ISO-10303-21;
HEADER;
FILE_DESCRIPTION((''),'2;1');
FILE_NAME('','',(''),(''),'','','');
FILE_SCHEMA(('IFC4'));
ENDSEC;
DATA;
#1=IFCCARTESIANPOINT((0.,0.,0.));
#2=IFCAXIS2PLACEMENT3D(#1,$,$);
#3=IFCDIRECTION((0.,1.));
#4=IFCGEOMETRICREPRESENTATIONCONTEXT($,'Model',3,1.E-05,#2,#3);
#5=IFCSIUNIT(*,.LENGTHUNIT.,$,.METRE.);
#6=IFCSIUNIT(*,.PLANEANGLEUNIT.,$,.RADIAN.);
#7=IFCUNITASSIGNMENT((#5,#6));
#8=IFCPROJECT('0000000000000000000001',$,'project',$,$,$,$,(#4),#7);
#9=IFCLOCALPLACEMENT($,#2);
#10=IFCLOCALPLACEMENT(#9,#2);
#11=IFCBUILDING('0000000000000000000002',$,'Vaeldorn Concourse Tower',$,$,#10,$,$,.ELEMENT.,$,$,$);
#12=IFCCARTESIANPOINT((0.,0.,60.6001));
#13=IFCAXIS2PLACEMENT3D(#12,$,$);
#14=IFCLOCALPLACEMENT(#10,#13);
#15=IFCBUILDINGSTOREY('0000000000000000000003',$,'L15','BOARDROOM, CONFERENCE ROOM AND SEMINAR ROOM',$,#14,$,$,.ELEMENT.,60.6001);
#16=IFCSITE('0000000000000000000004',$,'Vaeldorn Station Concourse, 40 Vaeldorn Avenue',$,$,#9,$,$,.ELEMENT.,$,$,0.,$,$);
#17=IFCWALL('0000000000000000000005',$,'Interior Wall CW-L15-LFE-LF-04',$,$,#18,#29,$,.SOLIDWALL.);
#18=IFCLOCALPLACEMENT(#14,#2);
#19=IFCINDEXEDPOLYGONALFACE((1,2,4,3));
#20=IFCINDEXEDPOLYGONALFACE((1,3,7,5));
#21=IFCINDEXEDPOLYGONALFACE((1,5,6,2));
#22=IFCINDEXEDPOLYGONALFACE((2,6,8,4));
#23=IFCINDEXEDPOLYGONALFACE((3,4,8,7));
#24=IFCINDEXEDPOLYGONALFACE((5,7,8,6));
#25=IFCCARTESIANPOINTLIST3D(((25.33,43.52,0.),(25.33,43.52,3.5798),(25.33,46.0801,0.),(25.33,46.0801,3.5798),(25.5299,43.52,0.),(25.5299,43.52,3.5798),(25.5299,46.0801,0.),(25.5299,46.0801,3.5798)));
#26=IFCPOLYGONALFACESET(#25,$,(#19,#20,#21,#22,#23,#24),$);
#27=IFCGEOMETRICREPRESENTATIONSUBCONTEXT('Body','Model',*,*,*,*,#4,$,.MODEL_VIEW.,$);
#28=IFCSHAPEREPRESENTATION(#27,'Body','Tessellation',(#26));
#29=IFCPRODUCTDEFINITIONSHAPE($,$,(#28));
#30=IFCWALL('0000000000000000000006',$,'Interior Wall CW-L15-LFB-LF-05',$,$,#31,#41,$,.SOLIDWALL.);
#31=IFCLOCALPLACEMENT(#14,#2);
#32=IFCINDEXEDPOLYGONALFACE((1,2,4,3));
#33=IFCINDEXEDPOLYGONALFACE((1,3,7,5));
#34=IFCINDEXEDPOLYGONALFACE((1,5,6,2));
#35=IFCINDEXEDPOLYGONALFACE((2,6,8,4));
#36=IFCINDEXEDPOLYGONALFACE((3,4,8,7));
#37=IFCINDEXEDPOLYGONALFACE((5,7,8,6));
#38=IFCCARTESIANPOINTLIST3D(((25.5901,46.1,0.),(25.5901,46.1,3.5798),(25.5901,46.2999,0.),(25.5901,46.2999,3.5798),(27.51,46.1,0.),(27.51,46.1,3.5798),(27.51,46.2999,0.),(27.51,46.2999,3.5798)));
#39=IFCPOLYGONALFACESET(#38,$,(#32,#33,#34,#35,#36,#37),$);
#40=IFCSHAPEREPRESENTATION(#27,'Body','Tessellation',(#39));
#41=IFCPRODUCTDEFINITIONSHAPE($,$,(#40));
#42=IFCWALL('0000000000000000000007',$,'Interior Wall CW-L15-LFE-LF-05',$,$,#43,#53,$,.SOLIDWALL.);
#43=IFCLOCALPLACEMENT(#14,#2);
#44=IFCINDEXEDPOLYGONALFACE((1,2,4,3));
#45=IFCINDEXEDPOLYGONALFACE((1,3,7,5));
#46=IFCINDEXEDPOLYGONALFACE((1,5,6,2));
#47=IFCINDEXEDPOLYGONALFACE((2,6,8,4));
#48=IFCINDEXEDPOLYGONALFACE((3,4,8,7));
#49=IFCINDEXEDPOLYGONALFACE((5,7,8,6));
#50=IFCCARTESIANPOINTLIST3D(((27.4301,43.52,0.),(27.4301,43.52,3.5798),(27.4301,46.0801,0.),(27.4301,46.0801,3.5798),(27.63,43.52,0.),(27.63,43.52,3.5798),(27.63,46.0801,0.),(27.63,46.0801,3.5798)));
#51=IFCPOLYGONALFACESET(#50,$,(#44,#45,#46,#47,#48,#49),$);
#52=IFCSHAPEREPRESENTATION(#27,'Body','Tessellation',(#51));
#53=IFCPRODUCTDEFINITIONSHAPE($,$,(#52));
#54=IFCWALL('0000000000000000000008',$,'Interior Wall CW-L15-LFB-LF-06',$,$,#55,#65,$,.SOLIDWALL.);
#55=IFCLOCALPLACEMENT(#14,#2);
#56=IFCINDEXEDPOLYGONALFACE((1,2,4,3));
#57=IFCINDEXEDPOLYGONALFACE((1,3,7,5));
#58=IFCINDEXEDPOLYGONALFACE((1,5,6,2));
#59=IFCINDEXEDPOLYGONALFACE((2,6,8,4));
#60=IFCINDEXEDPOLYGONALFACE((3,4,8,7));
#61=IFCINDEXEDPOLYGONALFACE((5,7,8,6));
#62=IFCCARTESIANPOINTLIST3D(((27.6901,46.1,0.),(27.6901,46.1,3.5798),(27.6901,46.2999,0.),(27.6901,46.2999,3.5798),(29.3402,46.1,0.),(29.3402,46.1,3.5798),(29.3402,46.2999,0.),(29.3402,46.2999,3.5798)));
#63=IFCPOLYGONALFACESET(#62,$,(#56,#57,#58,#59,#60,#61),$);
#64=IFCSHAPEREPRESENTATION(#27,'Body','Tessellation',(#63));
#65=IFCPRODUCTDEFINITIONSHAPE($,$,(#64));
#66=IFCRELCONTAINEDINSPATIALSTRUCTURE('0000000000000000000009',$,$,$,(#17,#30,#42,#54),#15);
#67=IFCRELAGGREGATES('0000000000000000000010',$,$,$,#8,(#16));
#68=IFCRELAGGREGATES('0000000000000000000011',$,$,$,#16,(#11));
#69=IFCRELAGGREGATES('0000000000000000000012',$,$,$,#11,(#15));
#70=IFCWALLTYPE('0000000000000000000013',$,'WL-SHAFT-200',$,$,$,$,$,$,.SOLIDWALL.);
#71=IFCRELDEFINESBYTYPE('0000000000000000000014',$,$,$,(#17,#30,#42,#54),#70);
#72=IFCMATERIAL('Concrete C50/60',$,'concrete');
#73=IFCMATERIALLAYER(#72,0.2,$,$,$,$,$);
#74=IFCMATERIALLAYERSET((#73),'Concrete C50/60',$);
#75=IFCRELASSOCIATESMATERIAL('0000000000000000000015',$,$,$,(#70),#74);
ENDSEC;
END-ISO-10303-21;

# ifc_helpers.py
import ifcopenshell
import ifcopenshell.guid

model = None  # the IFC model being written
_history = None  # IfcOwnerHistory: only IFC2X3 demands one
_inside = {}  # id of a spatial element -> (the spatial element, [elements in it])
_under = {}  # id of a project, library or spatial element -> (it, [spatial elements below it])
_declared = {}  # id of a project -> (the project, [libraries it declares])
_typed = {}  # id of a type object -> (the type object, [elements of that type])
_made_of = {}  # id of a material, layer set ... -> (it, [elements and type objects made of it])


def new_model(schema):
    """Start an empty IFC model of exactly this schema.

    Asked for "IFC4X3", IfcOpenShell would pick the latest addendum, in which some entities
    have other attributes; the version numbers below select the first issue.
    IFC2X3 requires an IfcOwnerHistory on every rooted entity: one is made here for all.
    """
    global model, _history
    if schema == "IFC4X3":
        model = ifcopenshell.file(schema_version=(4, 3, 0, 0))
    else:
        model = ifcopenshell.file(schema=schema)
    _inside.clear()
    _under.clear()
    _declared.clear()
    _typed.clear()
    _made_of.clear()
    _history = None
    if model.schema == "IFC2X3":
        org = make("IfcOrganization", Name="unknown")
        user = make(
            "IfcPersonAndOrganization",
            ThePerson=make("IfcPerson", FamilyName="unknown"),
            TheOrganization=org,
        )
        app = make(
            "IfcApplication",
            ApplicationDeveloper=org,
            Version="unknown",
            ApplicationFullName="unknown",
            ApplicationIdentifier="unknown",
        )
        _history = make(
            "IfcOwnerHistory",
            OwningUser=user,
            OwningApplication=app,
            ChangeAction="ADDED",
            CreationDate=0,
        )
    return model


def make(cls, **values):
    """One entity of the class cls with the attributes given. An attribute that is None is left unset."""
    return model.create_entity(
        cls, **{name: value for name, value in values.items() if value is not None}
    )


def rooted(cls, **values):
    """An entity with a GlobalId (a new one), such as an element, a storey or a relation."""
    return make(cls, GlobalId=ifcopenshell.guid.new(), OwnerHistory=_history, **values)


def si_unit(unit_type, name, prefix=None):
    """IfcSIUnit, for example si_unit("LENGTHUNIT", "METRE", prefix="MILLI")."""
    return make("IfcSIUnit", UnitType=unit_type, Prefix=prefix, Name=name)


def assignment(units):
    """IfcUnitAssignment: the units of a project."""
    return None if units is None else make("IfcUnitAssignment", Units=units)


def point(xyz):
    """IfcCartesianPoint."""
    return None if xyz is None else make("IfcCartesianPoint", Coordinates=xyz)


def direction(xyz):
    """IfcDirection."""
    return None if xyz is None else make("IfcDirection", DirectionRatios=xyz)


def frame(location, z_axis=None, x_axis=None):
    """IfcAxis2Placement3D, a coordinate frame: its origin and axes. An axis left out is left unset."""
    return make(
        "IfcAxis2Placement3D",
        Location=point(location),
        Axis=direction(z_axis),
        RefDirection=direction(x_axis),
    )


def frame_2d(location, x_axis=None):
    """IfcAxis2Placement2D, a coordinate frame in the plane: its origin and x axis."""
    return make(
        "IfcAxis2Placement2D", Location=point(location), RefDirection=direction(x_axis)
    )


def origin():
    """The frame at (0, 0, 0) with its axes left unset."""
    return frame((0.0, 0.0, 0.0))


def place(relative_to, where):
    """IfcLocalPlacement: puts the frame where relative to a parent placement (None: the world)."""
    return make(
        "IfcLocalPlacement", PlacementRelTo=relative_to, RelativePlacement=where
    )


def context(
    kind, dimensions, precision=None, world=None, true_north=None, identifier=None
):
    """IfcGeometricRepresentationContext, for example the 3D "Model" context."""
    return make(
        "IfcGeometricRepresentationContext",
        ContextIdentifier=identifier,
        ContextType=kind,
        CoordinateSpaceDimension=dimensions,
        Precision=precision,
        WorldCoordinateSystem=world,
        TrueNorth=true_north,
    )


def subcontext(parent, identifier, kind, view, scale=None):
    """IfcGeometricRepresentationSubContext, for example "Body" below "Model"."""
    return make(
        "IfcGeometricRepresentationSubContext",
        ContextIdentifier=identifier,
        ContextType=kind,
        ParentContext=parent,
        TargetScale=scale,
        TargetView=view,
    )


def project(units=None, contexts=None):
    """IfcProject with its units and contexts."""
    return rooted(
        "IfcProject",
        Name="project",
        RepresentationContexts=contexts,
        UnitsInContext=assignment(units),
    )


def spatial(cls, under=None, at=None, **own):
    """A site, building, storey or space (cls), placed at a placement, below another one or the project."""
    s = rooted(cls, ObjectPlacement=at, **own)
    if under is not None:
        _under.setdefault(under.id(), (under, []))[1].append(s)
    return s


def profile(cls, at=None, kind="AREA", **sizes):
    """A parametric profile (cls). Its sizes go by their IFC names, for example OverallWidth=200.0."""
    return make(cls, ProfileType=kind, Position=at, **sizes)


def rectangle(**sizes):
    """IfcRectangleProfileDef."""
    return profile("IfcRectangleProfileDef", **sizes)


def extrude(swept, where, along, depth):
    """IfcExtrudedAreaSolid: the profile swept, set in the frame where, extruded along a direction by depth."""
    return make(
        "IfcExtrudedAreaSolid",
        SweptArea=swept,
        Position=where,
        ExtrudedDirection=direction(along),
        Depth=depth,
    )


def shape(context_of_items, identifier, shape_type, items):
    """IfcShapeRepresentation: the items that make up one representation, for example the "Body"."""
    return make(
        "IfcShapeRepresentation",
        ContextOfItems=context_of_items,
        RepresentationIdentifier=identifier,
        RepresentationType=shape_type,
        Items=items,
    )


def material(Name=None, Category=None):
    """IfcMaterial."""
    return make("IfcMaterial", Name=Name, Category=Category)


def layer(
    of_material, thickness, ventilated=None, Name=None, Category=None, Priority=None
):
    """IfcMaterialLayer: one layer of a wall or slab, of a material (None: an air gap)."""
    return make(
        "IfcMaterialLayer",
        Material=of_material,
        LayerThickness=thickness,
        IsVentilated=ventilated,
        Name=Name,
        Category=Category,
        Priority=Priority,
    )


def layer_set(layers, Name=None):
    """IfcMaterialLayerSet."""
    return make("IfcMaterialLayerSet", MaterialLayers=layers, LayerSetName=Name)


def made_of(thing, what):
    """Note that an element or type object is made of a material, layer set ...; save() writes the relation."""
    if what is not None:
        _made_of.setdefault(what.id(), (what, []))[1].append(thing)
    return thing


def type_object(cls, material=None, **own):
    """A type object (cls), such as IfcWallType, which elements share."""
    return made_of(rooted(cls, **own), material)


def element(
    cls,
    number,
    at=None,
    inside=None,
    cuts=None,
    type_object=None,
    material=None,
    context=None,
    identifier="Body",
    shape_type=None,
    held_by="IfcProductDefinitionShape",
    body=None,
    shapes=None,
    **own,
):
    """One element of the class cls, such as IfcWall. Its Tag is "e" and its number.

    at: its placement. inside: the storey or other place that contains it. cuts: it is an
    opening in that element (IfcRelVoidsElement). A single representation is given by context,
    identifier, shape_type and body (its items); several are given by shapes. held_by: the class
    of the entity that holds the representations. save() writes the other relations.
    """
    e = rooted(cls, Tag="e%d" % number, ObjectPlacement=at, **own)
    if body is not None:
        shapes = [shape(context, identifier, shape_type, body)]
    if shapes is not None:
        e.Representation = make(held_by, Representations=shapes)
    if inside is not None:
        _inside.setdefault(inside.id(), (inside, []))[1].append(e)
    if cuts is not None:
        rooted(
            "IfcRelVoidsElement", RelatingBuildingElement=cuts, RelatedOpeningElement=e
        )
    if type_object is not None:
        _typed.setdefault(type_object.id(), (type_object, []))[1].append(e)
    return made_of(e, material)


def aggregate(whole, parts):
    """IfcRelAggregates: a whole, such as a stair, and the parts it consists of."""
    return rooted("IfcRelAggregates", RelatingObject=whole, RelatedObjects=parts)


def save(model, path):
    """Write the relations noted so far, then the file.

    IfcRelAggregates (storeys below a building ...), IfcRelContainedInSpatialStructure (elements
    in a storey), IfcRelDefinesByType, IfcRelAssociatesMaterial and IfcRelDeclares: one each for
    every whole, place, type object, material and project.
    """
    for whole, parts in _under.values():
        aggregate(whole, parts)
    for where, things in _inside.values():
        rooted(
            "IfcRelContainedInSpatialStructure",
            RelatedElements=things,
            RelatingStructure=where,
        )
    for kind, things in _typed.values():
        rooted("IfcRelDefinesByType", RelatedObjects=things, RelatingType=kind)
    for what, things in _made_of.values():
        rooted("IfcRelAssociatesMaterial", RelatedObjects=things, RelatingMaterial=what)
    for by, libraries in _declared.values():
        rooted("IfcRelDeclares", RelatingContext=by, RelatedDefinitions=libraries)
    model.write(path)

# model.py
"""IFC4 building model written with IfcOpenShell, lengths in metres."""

from ifc_helpers import new_model, si_unit, direction, frame, frame_2d, origin, place, context, subcontext, project, spatial, rectangle, extrude, material, layer, layer_set, type_object, element, save


model = new_model("IFC4")

# Units and contexts
model_context = context("Model", 3, precision=1e-05, world=origin(), true_north=direction((0.0, 1.0)))
body_context = subcontext(model_context, "Body", "Model", "MODEL_VIEW")
ifc_project = project(units=[si_unit("LENGTHUNIT", "METRE"), si_unit("PLANEANGLEUNIT", "RADIAN")], contexts=[model_context])

# Site, building, storey
site_placement = place(None, origin())
site = spatial("IfcSite", under=ifc_project, at=site_placement, Name="Vaeldorn Station Concourse, 40 Vaeldorn Avenue", CompositionType="ELEMENT", RefElevation=0.0)
building_placement = place(site_placement, origin())
building = spatial("IfcBuilding", under=site, at=building_placement, Name="Vaeldorn Concourse Tower", CompositionType="ELEMENT")
storey_placement = place(building_placement, frame((0.0, 0.0, 60.6001)))
storey = spatial("IfcBuildingStorey", under=building, at=storey_placement, Name="L15", Description="BOARDROOM, CONFERENCE ROOM AND SEMINAR ROOM", CompositionType="ELEMENT", Elevation=60.6001)

# Shared definitions
ifc_material_1 = material(Name="Concrete C50/60", Category="concrete")
ifc_layer_1 = layer(ifc_material_1, 0.2)
ifc_layer_set_1 = layer_set([ifc_layer_1], Name="Concrete C50/60")
wall_type_1 = type_object("IfcWallType", Name="WL-SHAFT-200", PredefinedType="SOLIDWALL", material=ifc_layer_set_1)

# Wall
wall_1_placement = place(storey_placement, frame((25.4299, 43.52, 0.0), z_axis=(0.0, 0.0, 1.0), x_axis=(0.0, 1.0, 0.0)))
element("IfcWall", 1, at=wall_1_placement, inside=storey, type_object=wall_type_1, Name="Interior Wall CW-L15-LFE-LF-04", PredefinedType="SOLIDWALL", context=body_context, shape_type="SweptSolid", body=[
    extrude(rectangle(XDim=2.5601, YDim=0.2, at=frame_2d((1.28, 0.0))), origin(), (0.0, 0.0, 1.0), 3.5798),
])

# Walls
wall_2_placement = place(storey_placement, frame((25.5901, 46.2, 0.0), z_axis=(0.0, 0.0, 1.0), x_axis=(1.0, 0.0, 0.0)))
element("IfcWall", 2, at=wall_2_placement, inside=storey, type_object=wall_type_1, Name="Interior Wall CW-L15-LFB-LF-05", PredefinedType="SOLIDWALL", context=body_context, shape_type="SweptSolid", body=[
    extrude(rectangle(XDim=1.9199, YDim=0.2, at=frame_2d((0.96, 0.0))), origin(), (0.0, 0.0, 1.0), 3.5798),
])
wall_3_placement = place(storey_placement, frame((27.53, 43.52, 0.0), z_axis=(0.0, 0.0, 1.0), x_axis=(0.0, 1.0, 0.0)))
element("IfcWall", 3, at=wall_3_placement, inside=storey, type_object=wall_type_1, Name="Interior Wall CW-L15-LFE-LF-05", PredefinedType="SOLIDWALL", context=body_context, shape_type="SweptSolid", body=[
    extrude(rectangle(XDim=2.5601, YDim=0.2, at=frame_2d((1.28, 0.0))), origin(), (0.0, 0.0, 1.0), 3.5798),
])

# Wall
wall_4_placement = place(storey_placement, frame((27.6899, 46.2, 0.0), z_axis=(0.0, 0.0, 1.0), x_axis=(1.0, 0.0, 0.0)))
element("IfcWall", 4, at=wall_4_placement, inside=storey, type_object=wall_type_1, Name="Interior Wall CW-L15-LFB-LF-06", PredefinedType="SOLIDWALL", context=body_context, shape_type="SweptSolid", body=[
    extrude(rectangle(XDim=1.6501, YDim=0.2, at=frame_2d((0.8252, 0.0))), origin(), (0.0, 0.0, 1.0), 3.5798),
])

save(model, "model.ifc")
